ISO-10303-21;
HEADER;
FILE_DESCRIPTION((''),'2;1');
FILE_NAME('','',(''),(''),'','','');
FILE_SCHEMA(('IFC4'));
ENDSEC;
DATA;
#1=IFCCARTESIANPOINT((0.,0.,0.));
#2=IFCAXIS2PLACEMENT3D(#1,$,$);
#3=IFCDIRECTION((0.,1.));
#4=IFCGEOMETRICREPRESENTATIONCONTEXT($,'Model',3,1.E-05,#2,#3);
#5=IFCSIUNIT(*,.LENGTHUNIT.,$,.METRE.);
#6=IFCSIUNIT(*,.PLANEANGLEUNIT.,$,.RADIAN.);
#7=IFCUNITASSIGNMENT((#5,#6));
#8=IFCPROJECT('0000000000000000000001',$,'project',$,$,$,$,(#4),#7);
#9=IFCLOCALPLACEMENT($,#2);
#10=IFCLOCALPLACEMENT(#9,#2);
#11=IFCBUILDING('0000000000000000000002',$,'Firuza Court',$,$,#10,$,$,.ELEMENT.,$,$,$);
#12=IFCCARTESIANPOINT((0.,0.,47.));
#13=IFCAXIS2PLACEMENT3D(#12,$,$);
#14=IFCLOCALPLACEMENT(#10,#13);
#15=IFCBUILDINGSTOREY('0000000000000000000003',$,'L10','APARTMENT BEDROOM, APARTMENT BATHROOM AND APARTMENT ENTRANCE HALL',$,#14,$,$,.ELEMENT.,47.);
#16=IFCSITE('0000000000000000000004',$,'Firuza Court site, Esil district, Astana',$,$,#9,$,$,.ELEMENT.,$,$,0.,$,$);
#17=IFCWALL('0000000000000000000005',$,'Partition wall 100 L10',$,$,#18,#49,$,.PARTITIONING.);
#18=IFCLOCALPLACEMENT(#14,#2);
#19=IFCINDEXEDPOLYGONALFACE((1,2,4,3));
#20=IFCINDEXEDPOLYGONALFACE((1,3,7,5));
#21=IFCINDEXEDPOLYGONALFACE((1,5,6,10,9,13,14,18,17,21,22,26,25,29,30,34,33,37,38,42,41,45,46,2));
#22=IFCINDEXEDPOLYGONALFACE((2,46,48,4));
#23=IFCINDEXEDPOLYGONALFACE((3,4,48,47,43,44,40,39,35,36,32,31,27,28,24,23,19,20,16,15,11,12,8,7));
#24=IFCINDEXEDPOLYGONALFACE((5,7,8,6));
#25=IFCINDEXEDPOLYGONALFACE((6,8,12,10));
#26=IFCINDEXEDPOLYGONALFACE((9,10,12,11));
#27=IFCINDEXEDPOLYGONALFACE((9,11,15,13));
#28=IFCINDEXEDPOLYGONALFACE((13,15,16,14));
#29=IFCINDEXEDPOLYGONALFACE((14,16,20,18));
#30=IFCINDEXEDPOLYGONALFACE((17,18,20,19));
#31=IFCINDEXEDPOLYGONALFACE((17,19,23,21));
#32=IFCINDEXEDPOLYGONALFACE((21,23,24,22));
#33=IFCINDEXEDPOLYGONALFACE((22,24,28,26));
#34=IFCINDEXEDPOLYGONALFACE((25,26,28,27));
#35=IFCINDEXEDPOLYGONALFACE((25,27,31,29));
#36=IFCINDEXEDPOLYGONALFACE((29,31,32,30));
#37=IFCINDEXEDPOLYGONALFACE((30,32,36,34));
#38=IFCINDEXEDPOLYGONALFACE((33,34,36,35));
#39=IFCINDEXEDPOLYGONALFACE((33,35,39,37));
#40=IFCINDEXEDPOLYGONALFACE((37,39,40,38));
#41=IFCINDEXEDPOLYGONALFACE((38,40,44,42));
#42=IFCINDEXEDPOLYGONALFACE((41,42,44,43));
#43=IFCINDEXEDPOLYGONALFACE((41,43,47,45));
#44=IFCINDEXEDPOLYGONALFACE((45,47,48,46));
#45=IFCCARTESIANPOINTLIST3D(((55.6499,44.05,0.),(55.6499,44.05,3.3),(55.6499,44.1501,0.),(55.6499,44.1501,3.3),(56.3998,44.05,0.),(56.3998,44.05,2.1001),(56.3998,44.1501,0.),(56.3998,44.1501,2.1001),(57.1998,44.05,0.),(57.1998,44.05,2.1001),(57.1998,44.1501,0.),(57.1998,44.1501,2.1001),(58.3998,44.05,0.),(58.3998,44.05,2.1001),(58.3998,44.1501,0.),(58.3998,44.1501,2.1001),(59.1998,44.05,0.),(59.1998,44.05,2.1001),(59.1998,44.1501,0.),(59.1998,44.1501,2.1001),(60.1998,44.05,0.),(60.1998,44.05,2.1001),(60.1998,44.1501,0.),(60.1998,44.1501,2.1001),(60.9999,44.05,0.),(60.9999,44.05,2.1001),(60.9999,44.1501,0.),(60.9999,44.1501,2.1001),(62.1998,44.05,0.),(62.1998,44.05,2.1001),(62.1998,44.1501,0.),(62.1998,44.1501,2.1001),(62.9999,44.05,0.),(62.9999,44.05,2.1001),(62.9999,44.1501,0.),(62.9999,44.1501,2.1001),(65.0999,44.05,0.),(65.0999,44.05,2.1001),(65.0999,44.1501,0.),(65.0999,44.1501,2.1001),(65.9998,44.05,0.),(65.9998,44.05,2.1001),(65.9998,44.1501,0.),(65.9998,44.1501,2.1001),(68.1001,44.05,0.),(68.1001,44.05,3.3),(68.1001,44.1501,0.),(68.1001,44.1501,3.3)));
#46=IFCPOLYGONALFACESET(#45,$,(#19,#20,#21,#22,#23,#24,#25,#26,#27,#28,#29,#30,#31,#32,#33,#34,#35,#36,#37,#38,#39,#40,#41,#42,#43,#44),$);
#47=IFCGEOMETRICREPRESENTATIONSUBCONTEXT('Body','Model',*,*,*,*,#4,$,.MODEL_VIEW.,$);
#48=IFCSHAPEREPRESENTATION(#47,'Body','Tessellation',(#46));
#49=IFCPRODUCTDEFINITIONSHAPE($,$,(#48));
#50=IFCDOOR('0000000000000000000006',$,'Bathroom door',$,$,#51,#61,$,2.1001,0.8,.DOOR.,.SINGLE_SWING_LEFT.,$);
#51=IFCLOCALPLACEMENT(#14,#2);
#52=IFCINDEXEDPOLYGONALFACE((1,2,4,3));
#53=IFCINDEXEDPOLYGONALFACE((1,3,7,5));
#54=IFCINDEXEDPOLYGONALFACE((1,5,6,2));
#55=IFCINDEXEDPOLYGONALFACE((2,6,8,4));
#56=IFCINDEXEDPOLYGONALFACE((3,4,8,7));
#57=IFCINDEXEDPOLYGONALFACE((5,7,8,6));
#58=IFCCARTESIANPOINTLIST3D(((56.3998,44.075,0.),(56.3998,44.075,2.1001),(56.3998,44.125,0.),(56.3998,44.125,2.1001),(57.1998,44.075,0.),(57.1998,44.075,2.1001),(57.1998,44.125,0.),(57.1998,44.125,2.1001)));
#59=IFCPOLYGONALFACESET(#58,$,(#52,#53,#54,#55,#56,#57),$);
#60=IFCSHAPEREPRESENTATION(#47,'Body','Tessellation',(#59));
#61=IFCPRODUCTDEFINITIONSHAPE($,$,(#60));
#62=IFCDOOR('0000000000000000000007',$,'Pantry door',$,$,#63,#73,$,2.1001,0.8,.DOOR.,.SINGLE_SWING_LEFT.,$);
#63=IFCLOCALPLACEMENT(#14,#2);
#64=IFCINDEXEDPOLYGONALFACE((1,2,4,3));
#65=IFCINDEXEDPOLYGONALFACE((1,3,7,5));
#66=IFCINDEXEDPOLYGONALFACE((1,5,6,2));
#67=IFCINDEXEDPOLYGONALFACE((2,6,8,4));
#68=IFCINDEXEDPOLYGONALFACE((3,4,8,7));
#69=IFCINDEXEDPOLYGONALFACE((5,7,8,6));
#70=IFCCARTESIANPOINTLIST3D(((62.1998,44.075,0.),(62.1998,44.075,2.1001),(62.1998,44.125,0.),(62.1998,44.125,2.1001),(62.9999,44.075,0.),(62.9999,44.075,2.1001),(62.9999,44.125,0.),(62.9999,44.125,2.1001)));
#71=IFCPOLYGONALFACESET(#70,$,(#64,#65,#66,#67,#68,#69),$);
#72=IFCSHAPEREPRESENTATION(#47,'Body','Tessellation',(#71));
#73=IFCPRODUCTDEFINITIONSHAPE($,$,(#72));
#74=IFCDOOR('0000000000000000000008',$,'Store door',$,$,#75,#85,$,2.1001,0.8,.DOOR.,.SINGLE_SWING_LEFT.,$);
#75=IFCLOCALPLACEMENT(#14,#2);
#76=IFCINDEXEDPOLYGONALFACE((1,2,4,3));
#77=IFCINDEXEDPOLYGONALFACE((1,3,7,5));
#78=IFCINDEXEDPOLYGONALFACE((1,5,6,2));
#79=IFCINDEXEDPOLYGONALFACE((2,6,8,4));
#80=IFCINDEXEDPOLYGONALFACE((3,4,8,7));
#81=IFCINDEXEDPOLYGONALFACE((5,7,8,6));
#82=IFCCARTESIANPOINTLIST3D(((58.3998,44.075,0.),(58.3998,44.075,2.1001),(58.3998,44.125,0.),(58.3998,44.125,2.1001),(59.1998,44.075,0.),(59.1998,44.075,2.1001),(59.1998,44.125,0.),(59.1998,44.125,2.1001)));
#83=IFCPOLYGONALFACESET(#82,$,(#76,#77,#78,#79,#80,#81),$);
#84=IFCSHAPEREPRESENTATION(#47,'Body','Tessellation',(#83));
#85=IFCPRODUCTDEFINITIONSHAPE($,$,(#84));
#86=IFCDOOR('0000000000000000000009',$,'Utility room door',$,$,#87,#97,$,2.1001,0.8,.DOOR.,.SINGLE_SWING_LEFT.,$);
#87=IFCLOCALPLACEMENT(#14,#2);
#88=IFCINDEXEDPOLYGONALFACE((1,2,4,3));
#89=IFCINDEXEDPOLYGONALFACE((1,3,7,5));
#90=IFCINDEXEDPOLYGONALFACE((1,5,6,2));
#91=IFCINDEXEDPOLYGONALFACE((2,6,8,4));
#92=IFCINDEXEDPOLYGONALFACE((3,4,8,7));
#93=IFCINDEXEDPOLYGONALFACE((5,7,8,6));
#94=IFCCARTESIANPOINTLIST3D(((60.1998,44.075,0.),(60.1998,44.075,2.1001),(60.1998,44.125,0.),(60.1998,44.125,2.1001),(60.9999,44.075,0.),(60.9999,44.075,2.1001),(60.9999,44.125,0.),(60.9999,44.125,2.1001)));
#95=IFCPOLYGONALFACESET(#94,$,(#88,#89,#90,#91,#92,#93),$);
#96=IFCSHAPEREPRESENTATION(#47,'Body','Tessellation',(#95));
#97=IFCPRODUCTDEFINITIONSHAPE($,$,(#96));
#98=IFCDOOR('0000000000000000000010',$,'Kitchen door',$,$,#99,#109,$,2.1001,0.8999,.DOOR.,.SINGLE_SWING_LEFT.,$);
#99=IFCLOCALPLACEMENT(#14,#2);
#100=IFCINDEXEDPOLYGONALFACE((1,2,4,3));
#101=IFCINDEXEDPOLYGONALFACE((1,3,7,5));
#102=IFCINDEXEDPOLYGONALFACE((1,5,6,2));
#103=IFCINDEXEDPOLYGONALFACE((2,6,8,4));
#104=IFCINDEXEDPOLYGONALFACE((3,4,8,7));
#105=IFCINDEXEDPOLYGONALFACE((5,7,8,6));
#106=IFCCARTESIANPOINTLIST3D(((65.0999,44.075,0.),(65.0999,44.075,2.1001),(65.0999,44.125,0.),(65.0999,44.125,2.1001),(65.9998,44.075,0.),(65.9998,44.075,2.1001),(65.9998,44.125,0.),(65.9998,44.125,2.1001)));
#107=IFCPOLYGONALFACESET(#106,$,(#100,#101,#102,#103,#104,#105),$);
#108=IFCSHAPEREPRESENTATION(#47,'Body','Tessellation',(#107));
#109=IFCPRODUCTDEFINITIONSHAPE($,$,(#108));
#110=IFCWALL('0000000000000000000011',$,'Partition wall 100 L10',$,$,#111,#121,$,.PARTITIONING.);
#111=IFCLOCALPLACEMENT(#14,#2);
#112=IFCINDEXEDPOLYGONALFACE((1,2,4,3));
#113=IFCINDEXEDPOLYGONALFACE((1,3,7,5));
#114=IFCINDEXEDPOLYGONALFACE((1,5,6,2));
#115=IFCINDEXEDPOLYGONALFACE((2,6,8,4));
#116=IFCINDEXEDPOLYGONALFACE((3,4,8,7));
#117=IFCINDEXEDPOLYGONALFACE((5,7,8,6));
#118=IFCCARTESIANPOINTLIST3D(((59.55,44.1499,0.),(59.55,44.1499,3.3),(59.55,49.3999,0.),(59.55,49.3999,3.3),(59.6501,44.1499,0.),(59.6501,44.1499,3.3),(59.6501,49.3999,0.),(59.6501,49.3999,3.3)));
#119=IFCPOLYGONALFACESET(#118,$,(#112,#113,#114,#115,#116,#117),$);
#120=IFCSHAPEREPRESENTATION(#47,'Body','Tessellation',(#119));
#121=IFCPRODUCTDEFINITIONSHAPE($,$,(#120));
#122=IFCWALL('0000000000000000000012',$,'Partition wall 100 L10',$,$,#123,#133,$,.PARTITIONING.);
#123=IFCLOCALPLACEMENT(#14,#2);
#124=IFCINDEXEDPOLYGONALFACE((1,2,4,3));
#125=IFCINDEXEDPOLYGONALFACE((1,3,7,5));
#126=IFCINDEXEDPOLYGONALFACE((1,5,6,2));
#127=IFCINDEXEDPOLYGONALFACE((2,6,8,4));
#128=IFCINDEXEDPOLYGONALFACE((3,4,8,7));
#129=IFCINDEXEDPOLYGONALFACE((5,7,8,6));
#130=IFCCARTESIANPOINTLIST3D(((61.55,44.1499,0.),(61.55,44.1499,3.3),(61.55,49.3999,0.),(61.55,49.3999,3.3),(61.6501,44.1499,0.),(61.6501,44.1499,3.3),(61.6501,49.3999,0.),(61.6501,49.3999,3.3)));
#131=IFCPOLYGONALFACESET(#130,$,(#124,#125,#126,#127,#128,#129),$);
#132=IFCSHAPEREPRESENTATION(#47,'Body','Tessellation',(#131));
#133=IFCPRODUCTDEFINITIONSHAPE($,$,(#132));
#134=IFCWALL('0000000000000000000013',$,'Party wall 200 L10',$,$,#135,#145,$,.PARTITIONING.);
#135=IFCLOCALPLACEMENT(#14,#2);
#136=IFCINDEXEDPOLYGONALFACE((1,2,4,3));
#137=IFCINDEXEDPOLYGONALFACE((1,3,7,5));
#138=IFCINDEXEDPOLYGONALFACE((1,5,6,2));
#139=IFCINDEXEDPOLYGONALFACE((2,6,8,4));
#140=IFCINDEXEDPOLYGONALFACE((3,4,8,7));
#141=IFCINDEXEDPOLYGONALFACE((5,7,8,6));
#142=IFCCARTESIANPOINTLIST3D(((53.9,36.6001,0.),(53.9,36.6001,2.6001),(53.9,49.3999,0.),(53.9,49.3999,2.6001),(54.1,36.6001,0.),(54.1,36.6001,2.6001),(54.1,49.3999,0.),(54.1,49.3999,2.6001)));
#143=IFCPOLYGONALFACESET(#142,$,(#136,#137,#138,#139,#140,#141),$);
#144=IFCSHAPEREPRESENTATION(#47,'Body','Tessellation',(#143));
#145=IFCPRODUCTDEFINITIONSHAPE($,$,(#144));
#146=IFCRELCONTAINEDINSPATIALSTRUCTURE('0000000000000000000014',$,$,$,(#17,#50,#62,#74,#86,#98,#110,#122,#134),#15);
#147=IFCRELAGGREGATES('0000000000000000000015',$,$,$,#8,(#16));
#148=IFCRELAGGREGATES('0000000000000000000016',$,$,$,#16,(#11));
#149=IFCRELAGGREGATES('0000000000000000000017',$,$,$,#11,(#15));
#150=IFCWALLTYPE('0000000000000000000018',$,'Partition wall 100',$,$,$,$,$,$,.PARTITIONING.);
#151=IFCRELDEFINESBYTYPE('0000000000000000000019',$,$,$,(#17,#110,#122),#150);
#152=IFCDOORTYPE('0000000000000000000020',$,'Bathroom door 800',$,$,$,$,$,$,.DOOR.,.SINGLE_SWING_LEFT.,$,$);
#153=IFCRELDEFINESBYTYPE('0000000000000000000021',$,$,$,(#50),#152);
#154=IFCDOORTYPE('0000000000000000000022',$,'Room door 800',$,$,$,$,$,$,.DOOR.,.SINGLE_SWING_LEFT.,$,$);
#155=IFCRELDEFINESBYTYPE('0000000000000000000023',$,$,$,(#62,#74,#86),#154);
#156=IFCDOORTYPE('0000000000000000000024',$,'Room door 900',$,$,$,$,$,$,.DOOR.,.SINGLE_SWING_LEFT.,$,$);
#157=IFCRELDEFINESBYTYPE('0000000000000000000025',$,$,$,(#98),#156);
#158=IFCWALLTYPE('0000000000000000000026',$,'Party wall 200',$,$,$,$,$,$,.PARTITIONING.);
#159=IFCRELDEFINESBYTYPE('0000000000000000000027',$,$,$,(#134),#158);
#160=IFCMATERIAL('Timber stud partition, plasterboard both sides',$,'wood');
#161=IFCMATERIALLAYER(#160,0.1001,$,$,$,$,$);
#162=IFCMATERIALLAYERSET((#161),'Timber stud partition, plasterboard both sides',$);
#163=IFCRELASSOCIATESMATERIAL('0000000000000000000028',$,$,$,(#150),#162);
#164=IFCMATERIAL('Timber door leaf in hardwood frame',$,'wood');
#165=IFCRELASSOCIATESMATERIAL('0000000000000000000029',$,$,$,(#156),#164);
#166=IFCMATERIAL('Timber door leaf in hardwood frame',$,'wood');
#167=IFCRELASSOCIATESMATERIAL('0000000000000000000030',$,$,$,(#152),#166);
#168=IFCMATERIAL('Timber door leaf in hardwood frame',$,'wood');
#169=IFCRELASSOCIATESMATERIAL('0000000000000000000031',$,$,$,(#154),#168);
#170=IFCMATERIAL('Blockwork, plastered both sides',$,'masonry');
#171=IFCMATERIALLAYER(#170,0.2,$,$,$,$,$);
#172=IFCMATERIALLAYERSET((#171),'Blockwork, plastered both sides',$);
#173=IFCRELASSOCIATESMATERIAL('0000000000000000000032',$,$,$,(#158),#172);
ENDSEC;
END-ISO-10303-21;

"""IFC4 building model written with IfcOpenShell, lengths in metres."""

from ifc_helpers import new_model, si_unit, direction, frame, frame_2d, origin, place, context, subcontext, project, spatial, rectangle, extrude, material, layer, layer_set, type_object, element, fill, save


model = new_model("IFC4")

# Units and contexts
model_context = context("Model", 3, precision=1e-05, world=origin(), true_north=direction((0.0, 1.0)))
body_context = subcontext(model_context, "Body", "Model", "MODEL_VIEW")
ifc_project = project(units=[si_unit("LENGTHUNIT", "METRE"), si_unit("PLANEANGLEUNIT", "RADIAN")], contexts=[model_context])

# Site, building, storey
site_placement = place(None, origin())
site = spatial("IfcSite", under=ifc_project, at=site_placement, Name="Firuza Court site, Esil district, Astana", CompositionType="ELEMENT", RefElevation=0.0)
building_placement = place(site_placement, origin())
building = spatial("IfcBuilding", under=site, at=building_placement, Name="Firuza Court", CompositionType="ELEMENT")
storey_placement = place(building_placement, frame((0.0, 0.0, 47.0)))
storey = spatial("IfcBuildingStorey", under=building, at=storey_placement, Name="L10", Description="APARTMENT BEDROOM, APARTMENT BATHROOM AND APARTMENT ENTRANCE HALL", CompositionType="ELEMENT", Elevation=47.0)

# Shared definitions
ifc_material_1 = material(Name="Timber stud partition, plasterboard both sides", Category="wood")
ifc_layer_1 = layer(ifc_material_1, 0.1001)
ifc_layer_set_1 = layer_set([ifc_layer_1], Name="Timber stud partition, plasterboard both sides")
wall_type_1 = type_object("IfcWallType", Name="Partition wall 100", PredefinedType="PARTITIONING", material=ifc_layer_set_1)

# Wall, openings, doors
ifc_material_2 = material(Name="Timber door leaf in hardwood frame", Category="wood")
door_type_1 = type_object("IfcDoorType", Name="Room door 900", OperationType="SINGLE_SWING_LEFT", PredefinedType="DOOR", material=ifc_material_2)
wall_1_placement = place(storey_placement, frame((55.6499, 44.1001, 0.0), z_axis=(0.0, 0.0, 1.0), x_axis=(1.0, 0.0, 0.0)))
wall_1 = element("IfcWall", 1, at=wall_1_placement, inside=storey, type_object=wall_type_1, Name="Partition wall 100 L10", PredefinedType="PARTITIONING", context=body_context, shape_type="SweptSolid", body=[
    extrude(rectangle(XDim=12.4502, YDim=0.1001, at=frame_2d((6.2251, 0.0))), origin(), (0.0, 0.0, 1.0), 3.3),
])
opening_1_placement = place(wall_1_placement, frame((0.75, 0.0, 0.0)))
opening_1 = element("IfcOpeningElement", 2, at=opening_1_placement, cuts=wall_1, PredefinedType="OPENING", context=body_context, shape_type="SweptSolid", body=[
    extrude(rectangle(XDim=0.8, YDim=2.1001, at=frame_2d((0.3999, 1.05))), frame((0.0, 0.062, 0.0), z_axis=(0.0, -1.0, 0.0), x_axis=(1.0, 0.0, 0.0)), (0.0, 0.0, 1.0), 0.124),
])
opening_2_placement = place(wall_1_placement, frame((9.45, 0.0, 0.0)))
opening_2 = element("IfcOpeningElement", 3, at=opening_2_placement, cuts=wall_1, PredefinedType="OPENING", context=body_context, shape_type="SweptSolid", body=[
    extrude(rectangle(XDim=0.8999, YDim=2.1001, at=frame_2d((0.45, 1.05))), frame((0.0, 0.062, 0.0), z_axis=(0.0, -1.0, 0.0), x_axis=(1.0, 0.0, 0.0)), (0.0, 0.0, 1.0), 0.124),
])
opening_3_placement = place(wall_1_placement, frame((6.55, 0.0, 0.0)))
opening_3 = element("IfcOpeningElement", 4, at=opening_3_placement, cuts=wall_1, PredefinedType="OPENING", context=body_context, shape_type="SweptSolid", body=[
    extrude(rectangle(XDim=0.8, YDim=2.1001, at=frame_2d((0.3999, 1.05))), frame((0.0, 0.062, 0.0), z_axis=(0.0, -1.0, 0.0), x_axis=(1.0, 0.0, 0.0)), (0.0, 0.0, 1.0), 0.124),
])
opening_4_placement = place(wall_1_placement, frame((2.75, 0.0, 0.0)))
opening_4 = element("IfcOpeningElement", 5, at=opening_4_placement, cuts=wall_1, PredefinedType="OPENING", context=body_context, shape_type="SweptSolid", body=[
    extrude(rectangle(XDim=0.8, YDim=2.1001, at=frame_2d((0.3999, 1.05))), frame((0.0, 0.062, 0.0), z_axis=(0.0, -1.0, 0.0), x_axis=(1.0, 0.0, 0.0)), (0.0, 0.0, 1.0), 0.124),
])
opening_5_placement = place(wall_1_placement, frame((4.55, 0.0, 0.0)))
opening_5 = element("IfcOpeningElement", 6, at=opening_5_placement, cuts=wall_1, PredefinedType="OPENING", context=body_context, shape_type="SweptSolid", body=[
    extrude(rectangle(XDim=0.8, YDim=2.1001, at=frame_2d((0.3999, 1.05))), frame((0.0, 0.062, 0.0), z_axis=(0.0, -1.0, 0.0), x_axis=(1.0, 0.0, 0.0)), (0.0, 0.0, 1.0), 0.124),
])
ifc_material_3 = material(Name="Timber door leaf in hardwood frame", Category="wood")
door_type_2 = type_object("IfcDoorType", Name="Bathroom door 800", OperationType="SINGLE_SWING_LEFT", PredefinedType="DOOR", material=ifc_material_3)
door_1_placement = place(opening_1_placement, origin())
door_1 = element("IfcDoor", 7, at=door_1_placement, inside=storey, type_object=door_type_2, Name="Bathroom door", OperationType="SINGLE_SWING_LEFT", OverallHeight=2.1001, OverallWidth=0.8, PredefinedType="DOOR", context=body_context, shape_type="SweptSolid", body=[
    extrude(rectangle(XDim=0.8, YDim=2.1001, at=frame_2d((0.3999, 1.05))), frame((0.0, 0.0249, 0.0), z_axis=(0.0, -1.0, 0.0), x_axis=(1.0, 0.0, 0.0)), (0.0, 0.0, 1.0), 0.05),
])
fill(opening_1, door_1)
ifc_material_4 = material(Name="Timber door leaf in hardwood frame", Category="wood")
door_type_3 = type_object("IfcDoorType", Name="Room door 800", OperationType="SINGLE_SWING_LEFT", PredefinedType="DOOR", material=ifc_material_4)
door_2_placement = place(opening_3_placement, origin())
door_2 = element("IfcDoor", 8, at=door_2_placement, inside=storey, type_object=door_type_3, Name="Pantry door", OperationType="SINGLE_SWING_LEFT", OverallHeight=2.1001, OverallWidth=0.8, PredefinedType="DOOR", context=body_context, shape_type="SweptSolid", body=[
    extrude(rectangle(XDim=0.8, YDim=2.1001, at=frame_2d((0.3999, 1.05))), frame((0.0, 0.0249, 0.0), z_axis=(0.0, -1.0, 0.0), x_axis=(1.0, 0.0, 0.0)), (0.0, 0.0, 1.0), 0.05),
])
fill(opening_3, door_2)
door_3_placement = place(opening_4_placement, origin())
door_3 = element("IfcDoor", 9, at=door_3_placement, inside=storey, type_object=door_type_3, Name="Store door", OperationType="SINGLE_SWING_LEFT", OverallHeight=2.1001, OverallWidth=0.8, PredefinedType="DOOR", context=body_context, shape_type="SweptSolid", body=[
    extrude(rectangle(XDim=0.8, YDim=2.1001, at=frame_2d((0.3999, 1.05))), frame((0.0, 0.0249, 0.0), z_axis=(0.0, -1.0, 0.0), x_axis=(1.0, 0.0, 0.0)), (0.0, 0.0, 1.0), 0.05),
])
fill(opening_4, door_3)
door_4_placement = place(opening_5_placement, origin())
door_4 = element("IfcDoor", 10, at=door_4_placement, inside=storey, type_object=door_type_3, Name="Utility room door", OperationType="SINGLE_SWING_LEFT", OverallHeight=2.1001, OverallWidth=0.8, PredefinedType="DOOR", context=body_context, shape_type="SweptSolid", body=[
    extrude(rectangle(XDim=0.8, YDim=2.1001, at=frame_2d((0.3999, 1.05))), frame((0.0, 0.0249, 0.0), z_axis=(0.0, -1.0, 0.0), x_axis=(1.0, 0.0, 0.0)), (0.0, 0.0, 1.0), 0.05),
])
fill(opening_5, door_4)
door_5_placement = place(opening_2_placement, origin())
door_5 = element("IfcDoor", 11, at=door_5_placement, inside=storey, type_object=door_type_1, Name="Kitchen door", OperationType="SINGLE_SWING_LEFT", OverallHeight=2.1001, OverallWidth=0.8999, PredefinedType="DOOR", context=body_context, shape_type="SweptSolid", body=[
    extrude(rectangle(XDim=0.8999, YDim=2.1001, at=frame_2d((0.45, 1.05))), frame((0.0, 0.0249, 0.0), z_axis=(0.0, -1.0, 0.0), x_axis=(1.0, 0.0, 0.0)), (0.0, 0.0, 1.0), 0.05),
])
fill(opening_2, door_5)

# Walls
for number, where, z_axis, x_axis, name in (
    (12, (59.6001, 44.1499, 0.0), (0.0, 0.0, 1.0), (0.0, 1.0, 0.0), "Partition wall 100 L10"),
    (13, (61.6001, 44.1499, 0.0), (0.0, 0.0, 1.0), (0.0, 1.0, 0.0), "Partition wall 100 L10"),
):
    element("IfcWall", number, at=place(storey_placement, frame(where, z_axis=z_axis, x_axis=x_axis)), inside=storey, type_object=wall_type_1, Name=name, PredefinedType="PARTITIONING", context=body_context, shape_type="SweptSolid", body=[
        extrude(rectangle(XDim=5.25, YDim=0.1001, at=frame_2d((2.625, 0.0))), origin(), (0.0, 0.0, 1.0), 3.3),
    ])
ifc_material_5 = material(Name="Blockwork, plastered both sides", Category="masonry")
ifc_layer_2 = layer(ifc_material_5, 0.2)
ifc_layer_set_2 = layer_set([ifc_layer_2], Name="Blockwork, plastered both sides")
wall_type_2 = type_object("IfcWallType", Name="Party wall 200", PredefinedType="PARTITIONING", material=ifc_layer_set_2)
wall_2_placement = place(storey_placement, frame((54.0, 36.6001, 0.0), z_axis=(0.0, 0.0, 1.0), x_axis=(0.0, 1.0, 0.0)))
element("IfcWall", 14, at=wall_2_placement, inside=storey, type_object=wall_type_2, Name="Party wall 200 L10", PredefinedType="PARTITIONING", context=body_context, shape_type="SweptSolid", body=[
    extrude(rectangle(XDim=12.7998, YDim=0.2, at=frame_2d((6.3999, 0.0))), origin(), (0.0, 0.0, 1.0), 2.6001),
])

save(model, "model.ifc")
